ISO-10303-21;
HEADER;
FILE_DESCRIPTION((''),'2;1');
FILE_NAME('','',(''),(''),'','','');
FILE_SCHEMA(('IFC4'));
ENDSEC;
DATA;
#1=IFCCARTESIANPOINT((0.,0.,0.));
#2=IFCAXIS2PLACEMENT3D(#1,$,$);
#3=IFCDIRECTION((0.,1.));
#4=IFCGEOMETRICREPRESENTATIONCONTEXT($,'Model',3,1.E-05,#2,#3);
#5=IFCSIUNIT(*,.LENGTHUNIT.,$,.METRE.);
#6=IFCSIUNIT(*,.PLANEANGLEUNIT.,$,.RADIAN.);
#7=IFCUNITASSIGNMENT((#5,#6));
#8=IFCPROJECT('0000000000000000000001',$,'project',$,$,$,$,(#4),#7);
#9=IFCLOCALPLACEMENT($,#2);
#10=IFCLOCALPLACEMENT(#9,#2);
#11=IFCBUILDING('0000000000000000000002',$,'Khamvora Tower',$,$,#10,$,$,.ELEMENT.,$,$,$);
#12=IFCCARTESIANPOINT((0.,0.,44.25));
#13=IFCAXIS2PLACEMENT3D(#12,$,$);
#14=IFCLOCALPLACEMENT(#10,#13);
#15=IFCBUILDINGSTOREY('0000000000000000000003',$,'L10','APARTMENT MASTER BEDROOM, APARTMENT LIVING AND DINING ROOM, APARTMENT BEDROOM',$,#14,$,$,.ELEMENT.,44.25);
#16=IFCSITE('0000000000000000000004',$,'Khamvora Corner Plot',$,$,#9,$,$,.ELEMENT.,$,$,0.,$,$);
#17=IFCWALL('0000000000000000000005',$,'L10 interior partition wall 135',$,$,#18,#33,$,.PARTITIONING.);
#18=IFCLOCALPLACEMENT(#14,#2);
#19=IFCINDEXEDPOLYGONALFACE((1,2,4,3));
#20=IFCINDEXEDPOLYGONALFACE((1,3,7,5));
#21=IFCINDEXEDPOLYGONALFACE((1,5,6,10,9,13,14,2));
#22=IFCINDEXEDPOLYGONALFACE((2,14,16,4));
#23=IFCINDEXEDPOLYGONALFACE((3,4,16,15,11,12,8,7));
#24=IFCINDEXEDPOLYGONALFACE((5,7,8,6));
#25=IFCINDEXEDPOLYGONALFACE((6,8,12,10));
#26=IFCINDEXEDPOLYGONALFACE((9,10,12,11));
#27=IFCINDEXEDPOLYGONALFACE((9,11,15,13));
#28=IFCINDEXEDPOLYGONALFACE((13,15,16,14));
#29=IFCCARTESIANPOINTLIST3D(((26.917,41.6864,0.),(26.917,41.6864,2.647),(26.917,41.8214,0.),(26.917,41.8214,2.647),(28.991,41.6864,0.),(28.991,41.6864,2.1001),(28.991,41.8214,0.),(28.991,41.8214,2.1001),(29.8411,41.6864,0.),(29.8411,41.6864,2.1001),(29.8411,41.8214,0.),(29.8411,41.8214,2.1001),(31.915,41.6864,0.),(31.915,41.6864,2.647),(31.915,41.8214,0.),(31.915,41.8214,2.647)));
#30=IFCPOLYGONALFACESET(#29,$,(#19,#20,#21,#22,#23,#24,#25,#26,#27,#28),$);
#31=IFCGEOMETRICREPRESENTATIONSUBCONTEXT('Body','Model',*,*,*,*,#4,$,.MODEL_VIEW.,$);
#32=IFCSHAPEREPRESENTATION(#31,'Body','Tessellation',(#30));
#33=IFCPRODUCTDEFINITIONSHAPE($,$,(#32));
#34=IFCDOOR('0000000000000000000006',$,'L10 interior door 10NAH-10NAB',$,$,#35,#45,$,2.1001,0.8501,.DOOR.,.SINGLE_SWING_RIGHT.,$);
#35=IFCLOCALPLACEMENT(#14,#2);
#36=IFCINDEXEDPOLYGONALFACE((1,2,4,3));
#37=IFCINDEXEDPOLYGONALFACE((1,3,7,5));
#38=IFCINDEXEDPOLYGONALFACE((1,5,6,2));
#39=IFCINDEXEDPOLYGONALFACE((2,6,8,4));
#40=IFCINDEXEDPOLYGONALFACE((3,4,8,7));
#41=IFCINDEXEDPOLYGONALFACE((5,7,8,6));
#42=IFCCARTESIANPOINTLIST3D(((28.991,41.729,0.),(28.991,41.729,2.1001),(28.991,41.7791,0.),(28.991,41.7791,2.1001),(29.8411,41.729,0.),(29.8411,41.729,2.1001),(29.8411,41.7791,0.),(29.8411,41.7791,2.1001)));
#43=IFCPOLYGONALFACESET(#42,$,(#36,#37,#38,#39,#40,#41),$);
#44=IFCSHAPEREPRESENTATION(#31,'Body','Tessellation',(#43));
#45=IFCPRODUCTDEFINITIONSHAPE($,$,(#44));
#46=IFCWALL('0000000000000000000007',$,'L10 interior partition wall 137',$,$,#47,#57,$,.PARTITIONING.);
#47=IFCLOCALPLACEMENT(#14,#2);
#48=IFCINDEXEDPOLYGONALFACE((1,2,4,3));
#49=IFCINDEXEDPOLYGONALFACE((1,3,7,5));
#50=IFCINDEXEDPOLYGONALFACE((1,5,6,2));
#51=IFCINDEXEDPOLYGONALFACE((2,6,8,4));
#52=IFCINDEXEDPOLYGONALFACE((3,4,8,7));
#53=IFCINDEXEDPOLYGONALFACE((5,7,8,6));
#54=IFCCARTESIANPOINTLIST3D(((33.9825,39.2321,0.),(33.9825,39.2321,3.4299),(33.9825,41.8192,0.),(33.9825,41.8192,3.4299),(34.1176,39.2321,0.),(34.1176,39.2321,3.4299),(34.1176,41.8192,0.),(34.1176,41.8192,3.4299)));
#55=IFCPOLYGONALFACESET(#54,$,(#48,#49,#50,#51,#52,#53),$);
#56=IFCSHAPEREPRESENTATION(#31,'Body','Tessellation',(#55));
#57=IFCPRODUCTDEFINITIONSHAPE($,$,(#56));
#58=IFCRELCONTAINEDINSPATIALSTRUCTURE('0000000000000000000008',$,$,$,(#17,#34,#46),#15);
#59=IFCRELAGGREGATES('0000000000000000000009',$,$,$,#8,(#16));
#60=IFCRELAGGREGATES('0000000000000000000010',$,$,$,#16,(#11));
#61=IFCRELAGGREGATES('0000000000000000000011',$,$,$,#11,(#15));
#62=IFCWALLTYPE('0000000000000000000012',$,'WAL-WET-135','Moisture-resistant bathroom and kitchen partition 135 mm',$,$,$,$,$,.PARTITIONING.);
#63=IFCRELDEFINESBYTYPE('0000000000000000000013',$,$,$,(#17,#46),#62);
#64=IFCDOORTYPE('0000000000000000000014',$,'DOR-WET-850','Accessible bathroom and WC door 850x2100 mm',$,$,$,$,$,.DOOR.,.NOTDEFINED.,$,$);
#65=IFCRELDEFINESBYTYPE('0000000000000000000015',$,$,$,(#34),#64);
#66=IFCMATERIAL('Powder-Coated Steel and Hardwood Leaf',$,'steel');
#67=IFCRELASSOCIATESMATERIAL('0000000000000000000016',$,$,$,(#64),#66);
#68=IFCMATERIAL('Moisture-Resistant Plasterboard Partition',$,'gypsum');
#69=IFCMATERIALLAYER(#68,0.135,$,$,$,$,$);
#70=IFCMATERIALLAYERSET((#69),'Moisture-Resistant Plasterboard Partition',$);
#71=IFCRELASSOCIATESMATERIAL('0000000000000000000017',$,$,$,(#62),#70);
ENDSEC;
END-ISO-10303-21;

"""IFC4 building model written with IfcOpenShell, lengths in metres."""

from ifc_helpers import new_model, si_unit, direction, frame, frame_2d, origin, place, context, subcontext, project, spatial, rectangle, extrude, material, layer, layer_set, type_object, element, fill, save


model = new_model("IFC4")

# Units and contexts
model_context = context("Model", 3, precision=1e-05, world=origin(), true_north=direction((0.0, 1.0)))
body_context = subcontext(model_context, "Body", "Model", "MODEL_VIEW")
ifc_project = project(units=[si_unit("LENGTHUNIT", "METRE"), si_unit("PLANEANGLEUNIT", "RADIAN")], contexts=[model_context])

# Site, building, storey
site_placement = place(None, origin())
site = spatial("IfcSite", under=ifc_project, at=site_placement, Name="Khamvora Corner Plot", CompositionType="ELEMENT", RefElevation=0.0)
building_placement = place(site_placement, origin())
building = spatial("IfcBuilding", under=site, at=building_placement, Name="Khamvora Tower", CompositionType="ELEMENT")
storey_placement = place(building_placement, frame((0.0, 0.0, 44.25)))
storey = spatial("IfcBuildingStorey", under=building, at=storey_placement, Name="L10", Description="APARTMENT MASTER BEDROOM, APARTMENT LIVING AND DINING ROOM, APARTMENT BEDROOM", CompositionType="ELEMENT", Elevation=44.25)

# Shared definitions
ifc_material_1 = material(Name="Powder-Coated Steel and Hardwood Leaf", Category="steel")
door_type_1 = type_object("IfcDoorType", Name="DOR-WET-850", Description="Accessible bathroom and WC door 850x2100 mm", OperationType="NOTDEFINED", PredefinedType="DOOR", material=ifc_material_1)

# Shared definitions
ifc_material_2 = material(Name="Moisture-Resistant Plasterboard Partition", Category="gypsum")
ifc_layer_1 = layer(ifc_material_2, 0.135)
ifc_layer_set_1 = layer_set([ifc_layer_1], Name="Moisture-Resistant Plasterboard Partition")
wall_type_1 = type_object("IfcWallType", Name="WAL-WET-135", Description="Moisture-resistant bathroom and kitchen partition 135 mm", PredefinedType="PARTITIONING", material=ifc_layer_set_1)

# Wall, opening, door
wall_1_placement = place(storey_placement, frame((31.915, 41.7539, 0.0), z_axis=(0.0, 0.0, 1.0), x_axis=(-1.0, 0.0, 0.0)))
wall_1 = element("IfcWall", 1, at=wall_1_placement, inside=storey, type_object=wall_type_1, Name="L10 interior partition wall 135", PredefinedType="PARTITIONING", context=body_context, shape_type="SweptSolid", body=[
    extrude(rectangle(XDim=4.998, YDim=0.135, at=frame_2d((2.499, 0.0))), origin(), (0.0, 0.0, 1.0), 2.647),
])
opening_1_placement = place(wall_1_placement, frame((2.074, 0.0, 0.0)))
opening_1 = element("IfcOpeningElement", 2, at=opening_1_placement, cuts=wall_1, PredefinedType="OPENING", context=body_context, shape_type="SweptSolid", body=[
    extrude(rectangle(XDim=0.8501, YDim=2.1001, at=frame_2d((0.425, 1.05))), frame((0.0, 0.0774, 0.0), z_axis=(0.0, -1.0, 0.0), x_axis=(1.0, 0.0, 0.0)), (0.0, 0.0, 1.0), 0.155),
])
door_1_placement = place(opening_1_placement, origin())
door_1 = element("IfcDoor", 3, at=door_1_placement, inside=storey, type_object=door_type_1, Name="L10 interior door 10NAH-10NAB", OperationType="SINGLE_SWING_RIGHT", OverallHeight=2.1001, OverallWidth=0.8501, PredefinedType="DOOR", context=body_context, shape_type="SweptSolid", body=[
    extrude(rectangle(XDim=0.8501, YDim=2.1001, at=frame_2d((0.425, 1.05))), frame((0.0, 0.0249, 0.0), z_axis=(0.0, -1.0, 0.0), x_axis=(1.0, 0.0, 0.0)), (0.0, 0.0, 1.0), 0.05),
])
fill(opening_1, door_1)

# Wall
wall_2_placement = place(storey_placement, frame((34.05, 41.8191, 0.0), z_axis=(0.0, 0.0, 1.0), x_axis=(0.0, -1.0, 0.0)))
element("IfcWall", 4, at=wall_2_placement, inside=storey, type_object=wall_type_1, Name="L10 interior partition wall 137", PredefinedType="PARTITIONING", context=body_context, shape_type="SweptSolid", body=[
    extrude(rectangle(XDim=2.5872, YDim=0.135, at=frame_2d((1.2935, 0.0))), origin(), (0.0, 0.0, 1.0), 3.4299),
])

save(model, "model.ifc")
